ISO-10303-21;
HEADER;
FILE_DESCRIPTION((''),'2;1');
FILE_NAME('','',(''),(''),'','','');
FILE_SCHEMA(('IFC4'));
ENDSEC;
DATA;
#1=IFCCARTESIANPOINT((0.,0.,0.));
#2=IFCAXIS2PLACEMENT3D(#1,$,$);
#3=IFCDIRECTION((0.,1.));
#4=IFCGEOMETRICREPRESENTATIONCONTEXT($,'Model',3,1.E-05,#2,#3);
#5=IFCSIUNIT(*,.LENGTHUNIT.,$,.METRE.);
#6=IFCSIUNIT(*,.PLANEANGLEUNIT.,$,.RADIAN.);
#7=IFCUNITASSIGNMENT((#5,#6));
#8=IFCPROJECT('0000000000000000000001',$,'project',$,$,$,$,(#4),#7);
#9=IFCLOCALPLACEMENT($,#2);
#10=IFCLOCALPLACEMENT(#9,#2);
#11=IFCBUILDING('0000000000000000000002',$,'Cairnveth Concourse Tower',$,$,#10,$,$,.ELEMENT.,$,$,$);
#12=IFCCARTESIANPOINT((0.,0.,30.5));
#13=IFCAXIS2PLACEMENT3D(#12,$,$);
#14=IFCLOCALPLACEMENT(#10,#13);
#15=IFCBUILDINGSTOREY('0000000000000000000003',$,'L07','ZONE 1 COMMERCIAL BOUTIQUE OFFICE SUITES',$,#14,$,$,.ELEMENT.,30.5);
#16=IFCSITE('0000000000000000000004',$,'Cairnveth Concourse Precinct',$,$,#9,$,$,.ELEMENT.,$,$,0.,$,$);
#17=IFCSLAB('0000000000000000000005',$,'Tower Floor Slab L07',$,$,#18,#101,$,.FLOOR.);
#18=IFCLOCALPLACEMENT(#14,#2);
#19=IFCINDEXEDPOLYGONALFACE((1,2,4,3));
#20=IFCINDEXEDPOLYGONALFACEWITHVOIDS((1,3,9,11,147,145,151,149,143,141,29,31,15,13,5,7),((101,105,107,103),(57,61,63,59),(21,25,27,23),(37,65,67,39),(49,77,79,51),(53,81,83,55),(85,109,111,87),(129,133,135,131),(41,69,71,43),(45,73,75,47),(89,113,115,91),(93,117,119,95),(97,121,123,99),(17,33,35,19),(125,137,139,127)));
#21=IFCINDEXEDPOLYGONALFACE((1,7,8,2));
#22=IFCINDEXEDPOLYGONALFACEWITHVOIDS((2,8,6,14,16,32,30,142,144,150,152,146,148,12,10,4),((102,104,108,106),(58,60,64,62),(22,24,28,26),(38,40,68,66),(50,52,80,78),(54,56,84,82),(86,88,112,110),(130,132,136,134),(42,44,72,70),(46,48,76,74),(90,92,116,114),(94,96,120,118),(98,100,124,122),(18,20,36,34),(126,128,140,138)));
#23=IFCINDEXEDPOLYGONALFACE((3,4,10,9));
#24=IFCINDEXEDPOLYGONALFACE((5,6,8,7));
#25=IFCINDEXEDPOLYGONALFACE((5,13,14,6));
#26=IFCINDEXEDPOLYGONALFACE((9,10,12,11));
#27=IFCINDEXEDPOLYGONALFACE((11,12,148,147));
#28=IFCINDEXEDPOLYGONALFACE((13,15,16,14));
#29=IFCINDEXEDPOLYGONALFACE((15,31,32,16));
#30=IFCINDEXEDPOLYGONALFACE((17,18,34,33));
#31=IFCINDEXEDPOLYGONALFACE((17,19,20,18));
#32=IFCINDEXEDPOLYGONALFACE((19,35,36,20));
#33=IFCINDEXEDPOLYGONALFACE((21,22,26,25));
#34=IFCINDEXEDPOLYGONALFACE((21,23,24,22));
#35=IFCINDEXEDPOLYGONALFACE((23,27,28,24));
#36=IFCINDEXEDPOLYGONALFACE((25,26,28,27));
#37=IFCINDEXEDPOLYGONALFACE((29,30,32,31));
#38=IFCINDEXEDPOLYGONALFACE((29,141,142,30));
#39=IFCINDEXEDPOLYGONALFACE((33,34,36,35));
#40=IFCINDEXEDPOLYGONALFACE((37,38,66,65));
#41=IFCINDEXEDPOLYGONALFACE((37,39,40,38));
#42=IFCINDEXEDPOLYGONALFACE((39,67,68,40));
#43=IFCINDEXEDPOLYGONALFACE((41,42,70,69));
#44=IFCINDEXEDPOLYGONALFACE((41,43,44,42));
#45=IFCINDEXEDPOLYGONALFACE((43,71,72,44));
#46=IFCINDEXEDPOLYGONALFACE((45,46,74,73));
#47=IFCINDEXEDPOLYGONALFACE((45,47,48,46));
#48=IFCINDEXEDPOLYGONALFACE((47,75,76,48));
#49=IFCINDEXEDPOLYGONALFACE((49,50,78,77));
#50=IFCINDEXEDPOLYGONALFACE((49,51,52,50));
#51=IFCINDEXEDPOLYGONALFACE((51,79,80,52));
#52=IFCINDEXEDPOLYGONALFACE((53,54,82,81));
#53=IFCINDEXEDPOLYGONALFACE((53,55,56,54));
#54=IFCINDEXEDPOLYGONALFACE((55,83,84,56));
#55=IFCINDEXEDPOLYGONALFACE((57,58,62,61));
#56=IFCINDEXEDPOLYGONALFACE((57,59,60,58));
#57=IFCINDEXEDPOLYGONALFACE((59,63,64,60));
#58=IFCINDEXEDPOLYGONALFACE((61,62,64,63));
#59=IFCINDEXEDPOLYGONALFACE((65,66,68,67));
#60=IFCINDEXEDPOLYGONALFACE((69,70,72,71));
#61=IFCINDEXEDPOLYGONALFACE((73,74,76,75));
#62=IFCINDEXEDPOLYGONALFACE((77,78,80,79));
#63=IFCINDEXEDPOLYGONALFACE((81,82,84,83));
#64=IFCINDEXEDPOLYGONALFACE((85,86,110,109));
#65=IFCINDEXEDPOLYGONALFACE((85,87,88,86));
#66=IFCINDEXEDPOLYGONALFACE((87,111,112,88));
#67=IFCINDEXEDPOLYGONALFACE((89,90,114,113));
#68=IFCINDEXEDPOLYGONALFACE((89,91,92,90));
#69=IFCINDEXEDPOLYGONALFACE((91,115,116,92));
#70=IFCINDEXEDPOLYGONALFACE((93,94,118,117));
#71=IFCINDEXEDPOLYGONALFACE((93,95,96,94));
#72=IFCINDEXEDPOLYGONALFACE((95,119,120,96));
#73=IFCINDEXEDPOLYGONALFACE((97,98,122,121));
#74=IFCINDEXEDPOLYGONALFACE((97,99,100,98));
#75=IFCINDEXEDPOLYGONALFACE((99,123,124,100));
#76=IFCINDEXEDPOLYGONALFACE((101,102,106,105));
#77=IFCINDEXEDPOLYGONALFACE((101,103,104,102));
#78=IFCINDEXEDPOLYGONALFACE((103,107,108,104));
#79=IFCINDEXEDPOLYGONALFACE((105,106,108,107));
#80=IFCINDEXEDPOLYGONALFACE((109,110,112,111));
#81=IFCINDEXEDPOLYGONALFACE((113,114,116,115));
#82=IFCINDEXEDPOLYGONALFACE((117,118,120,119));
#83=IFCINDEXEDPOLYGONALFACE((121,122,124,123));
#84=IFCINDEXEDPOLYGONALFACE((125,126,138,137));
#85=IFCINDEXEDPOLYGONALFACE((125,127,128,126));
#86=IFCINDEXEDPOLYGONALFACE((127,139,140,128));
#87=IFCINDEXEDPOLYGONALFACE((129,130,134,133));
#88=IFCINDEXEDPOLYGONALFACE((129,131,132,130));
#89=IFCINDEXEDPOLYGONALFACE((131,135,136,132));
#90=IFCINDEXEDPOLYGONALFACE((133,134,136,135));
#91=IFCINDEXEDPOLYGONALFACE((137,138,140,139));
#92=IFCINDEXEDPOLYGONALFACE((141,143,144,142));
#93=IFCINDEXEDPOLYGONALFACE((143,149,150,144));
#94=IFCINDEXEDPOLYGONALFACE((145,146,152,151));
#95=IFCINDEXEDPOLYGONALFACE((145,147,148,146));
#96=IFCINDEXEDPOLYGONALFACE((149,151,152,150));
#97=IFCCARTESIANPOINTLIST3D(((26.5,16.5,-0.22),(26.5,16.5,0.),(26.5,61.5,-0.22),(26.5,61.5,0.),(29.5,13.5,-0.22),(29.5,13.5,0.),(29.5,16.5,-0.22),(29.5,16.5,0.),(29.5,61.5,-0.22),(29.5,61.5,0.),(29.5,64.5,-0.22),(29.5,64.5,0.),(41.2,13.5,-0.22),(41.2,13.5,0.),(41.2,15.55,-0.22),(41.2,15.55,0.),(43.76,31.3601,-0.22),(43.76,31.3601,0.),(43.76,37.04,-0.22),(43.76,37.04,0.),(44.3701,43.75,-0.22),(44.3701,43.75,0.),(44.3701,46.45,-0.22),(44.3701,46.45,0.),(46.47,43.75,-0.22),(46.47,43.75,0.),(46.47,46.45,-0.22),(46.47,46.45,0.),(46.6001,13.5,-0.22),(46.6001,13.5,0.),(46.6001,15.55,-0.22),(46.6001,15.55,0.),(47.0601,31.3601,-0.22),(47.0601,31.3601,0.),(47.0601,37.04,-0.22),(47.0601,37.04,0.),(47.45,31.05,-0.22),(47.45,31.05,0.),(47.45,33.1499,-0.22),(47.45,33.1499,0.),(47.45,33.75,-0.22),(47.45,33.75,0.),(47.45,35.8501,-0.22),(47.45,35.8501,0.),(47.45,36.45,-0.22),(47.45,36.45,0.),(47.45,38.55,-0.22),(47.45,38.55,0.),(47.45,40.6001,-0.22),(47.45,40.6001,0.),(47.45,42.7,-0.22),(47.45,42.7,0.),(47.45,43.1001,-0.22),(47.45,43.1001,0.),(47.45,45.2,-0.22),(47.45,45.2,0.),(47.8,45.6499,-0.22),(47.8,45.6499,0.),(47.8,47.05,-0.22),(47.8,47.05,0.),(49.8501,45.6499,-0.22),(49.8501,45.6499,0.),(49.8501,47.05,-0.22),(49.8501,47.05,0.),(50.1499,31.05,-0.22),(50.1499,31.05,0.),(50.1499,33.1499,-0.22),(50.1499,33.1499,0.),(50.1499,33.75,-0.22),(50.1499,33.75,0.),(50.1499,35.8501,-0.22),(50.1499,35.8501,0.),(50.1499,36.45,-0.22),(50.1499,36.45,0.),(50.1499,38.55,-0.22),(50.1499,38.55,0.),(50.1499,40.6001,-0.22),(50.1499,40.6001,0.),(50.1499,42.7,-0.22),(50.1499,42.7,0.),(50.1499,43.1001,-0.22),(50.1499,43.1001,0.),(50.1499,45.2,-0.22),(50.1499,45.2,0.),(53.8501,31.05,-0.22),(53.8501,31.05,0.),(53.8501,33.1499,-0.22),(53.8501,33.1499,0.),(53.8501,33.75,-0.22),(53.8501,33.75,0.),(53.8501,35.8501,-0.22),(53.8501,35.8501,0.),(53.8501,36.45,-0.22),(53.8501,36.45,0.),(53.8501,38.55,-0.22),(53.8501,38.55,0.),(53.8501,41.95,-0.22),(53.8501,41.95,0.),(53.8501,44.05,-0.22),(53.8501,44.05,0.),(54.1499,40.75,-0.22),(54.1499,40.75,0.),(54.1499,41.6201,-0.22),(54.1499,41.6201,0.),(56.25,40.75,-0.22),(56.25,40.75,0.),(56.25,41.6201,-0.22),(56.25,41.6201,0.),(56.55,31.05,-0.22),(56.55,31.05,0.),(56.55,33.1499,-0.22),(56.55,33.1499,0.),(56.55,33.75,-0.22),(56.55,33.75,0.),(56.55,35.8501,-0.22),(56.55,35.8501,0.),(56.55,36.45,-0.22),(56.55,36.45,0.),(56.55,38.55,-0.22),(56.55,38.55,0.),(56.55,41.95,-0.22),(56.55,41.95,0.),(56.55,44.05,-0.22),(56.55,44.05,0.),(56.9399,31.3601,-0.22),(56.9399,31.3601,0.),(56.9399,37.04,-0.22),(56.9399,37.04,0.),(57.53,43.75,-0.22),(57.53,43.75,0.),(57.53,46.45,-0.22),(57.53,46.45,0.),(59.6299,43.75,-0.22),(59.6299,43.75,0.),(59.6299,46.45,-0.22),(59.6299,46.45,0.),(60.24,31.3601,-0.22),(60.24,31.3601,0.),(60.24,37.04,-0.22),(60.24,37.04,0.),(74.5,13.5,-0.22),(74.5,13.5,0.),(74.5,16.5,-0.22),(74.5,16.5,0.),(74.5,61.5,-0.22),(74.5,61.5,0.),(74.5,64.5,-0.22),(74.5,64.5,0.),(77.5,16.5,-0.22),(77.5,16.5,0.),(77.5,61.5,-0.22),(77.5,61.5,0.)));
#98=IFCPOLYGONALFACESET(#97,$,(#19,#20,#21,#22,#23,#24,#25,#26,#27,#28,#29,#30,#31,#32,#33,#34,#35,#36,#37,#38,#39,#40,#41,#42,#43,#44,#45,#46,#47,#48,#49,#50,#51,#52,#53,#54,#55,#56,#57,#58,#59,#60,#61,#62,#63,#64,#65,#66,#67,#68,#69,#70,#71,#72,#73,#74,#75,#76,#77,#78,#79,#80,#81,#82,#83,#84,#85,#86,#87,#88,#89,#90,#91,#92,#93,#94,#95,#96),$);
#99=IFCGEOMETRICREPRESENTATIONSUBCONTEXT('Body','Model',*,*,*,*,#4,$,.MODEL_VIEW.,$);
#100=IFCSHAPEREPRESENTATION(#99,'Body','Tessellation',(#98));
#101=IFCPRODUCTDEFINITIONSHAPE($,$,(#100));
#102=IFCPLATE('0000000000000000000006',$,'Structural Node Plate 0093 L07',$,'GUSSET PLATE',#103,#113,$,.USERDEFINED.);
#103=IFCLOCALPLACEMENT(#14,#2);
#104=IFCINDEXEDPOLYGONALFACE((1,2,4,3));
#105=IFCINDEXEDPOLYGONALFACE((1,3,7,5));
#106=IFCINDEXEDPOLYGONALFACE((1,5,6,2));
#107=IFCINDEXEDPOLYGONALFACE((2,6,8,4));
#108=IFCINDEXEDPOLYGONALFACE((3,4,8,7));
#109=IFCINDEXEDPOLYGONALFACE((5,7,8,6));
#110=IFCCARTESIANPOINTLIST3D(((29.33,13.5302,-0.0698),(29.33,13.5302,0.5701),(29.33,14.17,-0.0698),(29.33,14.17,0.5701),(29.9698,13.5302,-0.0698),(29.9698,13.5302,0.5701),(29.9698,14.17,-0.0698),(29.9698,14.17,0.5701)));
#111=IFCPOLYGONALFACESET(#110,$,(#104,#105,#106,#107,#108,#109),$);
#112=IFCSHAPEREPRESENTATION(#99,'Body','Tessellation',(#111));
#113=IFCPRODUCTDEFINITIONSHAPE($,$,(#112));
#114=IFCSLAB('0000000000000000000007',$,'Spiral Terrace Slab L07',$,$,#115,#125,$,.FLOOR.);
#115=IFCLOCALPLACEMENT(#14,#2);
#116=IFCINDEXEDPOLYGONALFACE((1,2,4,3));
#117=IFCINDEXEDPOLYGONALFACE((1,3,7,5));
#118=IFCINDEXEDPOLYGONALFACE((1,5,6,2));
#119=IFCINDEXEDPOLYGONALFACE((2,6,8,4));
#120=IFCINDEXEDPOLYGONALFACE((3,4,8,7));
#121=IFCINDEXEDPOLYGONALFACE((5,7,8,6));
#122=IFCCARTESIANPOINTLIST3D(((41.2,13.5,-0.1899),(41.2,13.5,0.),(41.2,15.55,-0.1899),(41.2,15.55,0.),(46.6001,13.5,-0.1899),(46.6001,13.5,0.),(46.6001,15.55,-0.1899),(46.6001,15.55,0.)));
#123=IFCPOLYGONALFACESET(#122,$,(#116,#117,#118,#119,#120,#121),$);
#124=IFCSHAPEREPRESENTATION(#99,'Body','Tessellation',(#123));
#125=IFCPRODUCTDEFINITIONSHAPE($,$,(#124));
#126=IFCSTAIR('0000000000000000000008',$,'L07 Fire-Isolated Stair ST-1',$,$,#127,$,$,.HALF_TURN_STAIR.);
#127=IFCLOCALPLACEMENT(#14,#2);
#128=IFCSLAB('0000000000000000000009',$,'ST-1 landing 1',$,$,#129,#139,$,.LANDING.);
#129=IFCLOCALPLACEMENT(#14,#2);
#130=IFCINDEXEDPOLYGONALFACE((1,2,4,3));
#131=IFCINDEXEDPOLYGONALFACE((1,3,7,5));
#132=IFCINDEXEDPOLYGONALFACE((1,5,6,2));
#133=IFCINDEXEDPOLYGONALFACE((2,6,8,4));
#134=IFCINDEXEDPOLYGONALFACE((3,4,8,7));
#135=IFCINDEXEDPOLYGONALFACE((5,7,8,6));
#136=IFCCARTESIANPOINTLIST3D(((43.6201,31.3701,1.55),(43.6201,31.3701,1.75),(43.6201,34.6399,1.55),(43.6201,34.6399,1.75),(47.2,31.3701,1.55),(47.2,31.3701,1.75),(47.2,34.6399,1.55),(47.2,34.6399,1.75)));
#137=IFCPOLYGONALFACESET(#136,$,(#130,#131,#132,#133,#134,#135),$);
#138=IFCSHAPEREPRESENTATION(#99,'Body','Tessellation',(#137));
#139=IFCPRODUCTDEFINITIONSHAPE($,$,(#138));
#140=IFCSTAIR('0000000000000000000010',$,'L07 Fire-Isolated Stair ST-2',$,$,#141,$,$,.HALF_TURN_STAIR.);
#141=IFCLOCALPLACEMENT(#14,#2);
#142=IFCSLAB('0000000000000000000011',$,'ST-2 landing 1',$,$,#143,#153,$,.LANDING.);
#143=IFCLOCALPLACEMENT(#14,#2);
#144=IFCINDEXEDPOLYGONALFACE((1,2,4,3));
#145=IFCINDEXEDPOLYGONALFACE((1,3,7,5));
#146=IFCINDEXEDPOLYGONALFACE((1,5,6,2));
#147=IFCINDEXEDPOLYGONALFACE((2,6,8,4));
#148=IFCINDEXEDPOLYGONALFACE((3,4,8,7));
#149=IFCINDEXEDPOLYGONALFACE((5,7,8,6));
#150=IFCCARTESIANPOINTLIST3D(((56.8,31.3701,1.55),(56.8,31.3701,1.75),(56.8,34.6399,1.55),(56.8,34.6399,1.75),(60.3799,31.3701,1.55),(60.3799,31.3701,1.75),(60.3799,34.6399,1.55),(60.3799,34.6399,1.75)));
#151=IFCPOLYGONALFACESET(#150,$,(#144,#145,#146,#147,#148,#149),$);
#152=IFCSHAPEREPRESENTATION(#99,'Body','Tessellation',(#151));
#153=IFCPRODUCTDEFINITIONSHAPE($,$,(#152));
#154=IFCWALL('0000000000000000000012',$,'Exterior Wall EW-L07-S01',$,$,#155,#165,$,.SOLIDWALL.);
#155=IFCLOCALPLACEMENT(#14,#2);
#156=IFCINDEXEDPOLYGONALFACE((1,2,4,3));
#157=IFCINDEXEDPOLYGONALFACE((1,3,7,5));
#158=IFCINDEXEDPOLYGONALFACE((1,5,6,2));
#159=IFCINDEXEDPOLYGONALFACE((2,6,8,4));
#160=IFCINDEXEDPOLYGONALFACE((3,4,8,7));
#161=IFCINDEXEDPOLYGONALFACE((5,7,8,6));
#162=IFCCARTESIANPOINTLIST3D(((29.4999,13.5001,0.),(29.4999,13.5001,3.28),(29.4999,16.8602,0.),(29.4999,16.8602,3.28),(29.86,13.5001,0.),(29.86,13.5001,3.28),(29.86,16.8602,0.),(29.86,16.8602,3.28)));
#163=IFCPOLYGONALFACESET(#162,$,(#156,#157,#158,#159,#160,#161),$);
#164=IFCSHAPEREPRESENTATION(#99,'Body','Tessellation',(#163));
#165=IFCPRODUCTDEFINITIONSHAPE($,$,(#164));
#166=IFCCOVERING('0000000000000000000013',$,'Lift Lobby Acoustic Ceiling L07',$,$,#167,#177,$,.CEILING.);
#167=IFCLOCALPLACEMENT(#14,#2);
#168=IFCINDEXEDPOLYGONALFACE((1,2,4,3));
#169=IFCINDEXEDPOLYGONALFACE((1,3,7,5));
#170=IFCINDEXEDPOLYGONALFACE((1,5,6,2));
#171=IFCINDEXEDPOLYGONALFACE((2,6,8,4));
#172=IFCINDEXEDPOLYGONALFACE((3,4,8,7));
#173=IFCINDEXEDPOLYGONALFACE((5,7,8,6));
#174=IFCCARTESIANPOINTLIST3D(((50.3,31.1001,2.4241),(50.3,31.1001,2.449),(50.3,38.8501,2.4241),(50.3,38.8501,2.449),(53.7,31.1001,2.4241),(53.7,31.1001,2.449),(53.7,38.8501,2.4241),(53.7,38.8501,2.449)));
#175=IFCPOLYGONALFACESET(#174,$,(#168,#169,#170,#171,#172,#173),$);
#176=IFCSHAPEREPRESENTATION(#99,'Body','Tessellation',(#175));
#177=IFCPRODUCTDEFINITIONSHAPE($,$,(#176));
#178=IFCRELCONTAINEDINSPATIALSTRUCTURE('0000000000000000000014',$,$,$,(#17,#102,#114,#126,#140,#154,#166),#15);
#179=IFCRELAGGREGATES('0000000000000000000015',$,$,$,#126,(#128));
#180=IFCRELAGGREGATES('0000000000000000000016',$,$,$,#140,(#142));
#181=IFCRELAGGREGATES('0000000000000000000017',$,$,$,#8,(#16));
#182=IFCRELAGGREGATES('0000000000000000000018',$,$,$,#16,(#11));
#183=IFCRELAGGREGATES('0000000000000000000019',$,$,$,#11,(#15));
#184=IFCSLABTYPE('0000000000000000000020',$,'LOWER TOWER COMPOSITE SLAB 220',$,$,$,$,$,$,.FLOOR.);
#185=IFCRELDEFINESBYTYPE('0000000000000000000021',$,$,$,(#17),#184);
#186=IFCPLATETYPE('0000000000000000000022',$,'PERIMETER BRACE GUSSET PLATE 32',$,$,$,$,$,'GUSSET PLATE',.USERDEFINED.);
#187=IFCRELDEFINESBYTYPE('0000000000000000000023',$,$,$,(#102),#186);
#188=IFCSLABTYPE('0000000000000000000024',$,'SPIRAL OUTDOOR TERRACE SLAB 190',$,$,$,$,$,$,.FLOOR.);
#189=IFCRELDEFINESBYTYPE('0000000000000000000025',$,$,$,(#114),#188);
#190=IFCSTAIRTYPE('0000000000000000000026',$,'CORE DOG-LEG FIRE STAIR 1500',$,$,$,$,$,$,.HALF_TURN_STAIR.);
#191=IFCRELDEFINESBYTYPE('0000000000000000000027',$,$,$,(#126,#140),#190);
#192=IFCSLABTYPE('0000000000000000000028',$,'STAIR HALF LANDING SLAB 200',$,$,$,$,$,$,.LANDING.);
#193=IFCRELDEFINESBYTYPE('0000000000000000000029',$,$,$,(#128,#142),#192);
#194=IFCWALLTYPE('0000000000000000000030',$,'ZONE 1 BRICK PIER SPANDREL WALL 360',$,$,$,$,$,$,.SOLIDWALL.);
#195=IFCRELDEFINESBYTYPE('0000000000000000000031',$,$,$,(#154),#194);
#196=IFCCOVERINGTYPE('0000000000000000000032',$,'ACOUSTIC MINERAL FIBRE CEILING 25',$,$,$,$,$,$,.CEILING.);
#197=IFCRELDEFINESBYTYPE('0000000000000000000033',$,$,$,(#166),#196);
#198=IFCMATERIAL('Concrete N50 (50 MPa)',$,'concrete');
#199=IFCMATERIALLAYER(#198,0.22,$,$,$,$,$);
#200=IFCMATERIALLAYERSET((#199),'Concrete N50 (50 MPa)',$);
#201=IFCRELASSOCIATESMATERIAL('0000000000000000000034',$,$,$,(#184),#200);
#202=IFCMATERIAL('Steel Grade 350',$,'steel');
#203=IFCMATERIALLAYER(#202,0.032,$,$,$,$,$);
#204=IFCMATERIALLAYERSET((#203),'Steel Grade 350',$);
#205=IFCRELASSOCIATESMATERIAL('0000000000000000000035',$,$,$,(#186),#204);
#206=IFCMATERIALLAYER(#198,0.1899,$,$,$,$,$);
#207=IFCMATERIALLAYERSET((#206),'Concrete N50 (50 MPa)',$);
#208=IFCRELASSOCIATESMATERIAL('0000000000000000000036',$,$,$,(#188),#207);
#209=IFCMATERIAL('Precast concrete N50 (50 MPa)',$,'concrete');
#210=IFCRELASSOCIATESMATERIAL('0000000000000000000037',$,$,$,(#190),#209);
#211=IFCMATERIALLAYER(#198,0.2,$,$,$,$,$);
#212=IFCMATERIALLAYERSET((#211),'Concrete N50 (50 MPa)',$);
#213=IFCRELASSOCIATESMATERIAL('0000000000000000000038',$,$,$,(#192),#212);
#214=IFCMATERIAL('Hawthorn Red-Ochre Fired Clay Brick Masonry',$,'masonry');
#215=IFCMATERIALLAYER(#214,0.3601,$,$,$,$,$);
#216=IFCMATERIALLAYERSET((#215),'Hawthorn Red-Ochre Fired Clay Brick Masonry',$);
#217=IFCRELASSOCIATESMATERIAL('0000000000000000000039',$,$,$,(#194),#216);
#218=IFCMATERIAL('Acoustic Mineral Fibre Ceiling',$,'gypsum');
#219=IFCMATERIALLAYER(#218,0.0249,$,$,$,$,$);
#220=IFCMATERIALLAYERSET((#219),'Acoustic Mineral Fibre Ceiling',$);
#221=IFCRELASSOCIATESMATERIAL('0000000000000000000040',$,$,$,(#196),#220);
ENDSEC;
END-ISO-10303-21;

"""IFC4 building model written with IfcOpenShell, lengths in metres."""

from ifc_helpers import new_model, si_unit, direction, frame, frame_2d, origin, origin_2d, place, context, subcontext, project, spatial, polyline, rectangle, outline, extrude, material, layer, layer_set, type_object, element, aggregate, save


model = new_model("IFC4")

# Units and contexts
model_context = context("Model", 3, precision=1e-05, world=origin(), true_north=direction((0.0, 1.0)))
body_context = subcontext(model_context, "Body", "Model", "MODEL_VIEW")
ifc_project = project(units=[si_unit("LENGTHUNIT", "METRE"), si_unit("PLANEANGLEUNIT", "RADIAN")], contexts=[model_context])

# Site, building, storey
site_placement = place(None, origin())
site = spatial("IfcSite", under=ifc_project, at=site_placement, Name="Cairnveth Concourse Precinct", CompositionType="ELEMENT", RefElevation=0.0)
building_placement = place(site_placement, origin())
building = spatial("IfcBuilding", under=site, at=building_placement, Name="Cairnveth Concourse Tower", CompositionType="ELEMENT")
storey_placement = place(building_placement, frame((0.0, 0.0, 30.5)))
storey = spatial("IfcBuildingStorey", under=building, at=storey_placement, Name="L07", Description="ZONE 1 COMMERCIAL BOUTIQUE OFFICE SUITES", CompositionType="ELEMENT", Elevation=30.5)

# Shared definitions
ifc_material_1 = material(Name="Steel Grade 350", Category="steel")

# Slab
ifc_material_2 = material(Name="Concrete N50 (50 MPa)", Category="concrete")
ifc_layer_1 = layer(ifc_material_2, 0.22)
ifc_layer_set_1 = layer_set([ifc_layer_1], Name="Concrete N50 (50 MPa)")
slab_type_1 = type_object("IfcSlabType", Name="LOWER TOWER COMPOSITE SLAB 220", PredefinedType="FLOOR", material=ifc_layer_set_1)
slab_1_placement = place(storey_placement, frame((0.0, 0.0, -0.22)))
element("IfcSlab", 1, at=slab_1_placement, inside=storey, type_object=slab_type_1, Name="Tower Floor Slab L07", PredefinedType="FLOOR", context=body_context, shape_type="SweptSolid", body=[
    extrude(outline(polyline([(41.2, 13.5), (41.2, 15.55), (46.6001, 15.55), (46.6001, 13.5), (74.5, 13.5), (74.5, 16.5), (77.5, 16.5), (77.5, 61.5), (74.5, 61.5), (74.5, 64.5), (29.5, 64.5), (29.5, 61.5), (26.5, 61.5), (26.5, 16.5), (29.5, 16.5), (29.5, 13.5), (41.2, 13.5)]), holes=[polyline([(43.76, 31.3601), (47.0601, 31.3601), (47.0601, 37.04), (43.76, 37.04), (43.76, 31.3601)]), polyline([(56.9399, 31.3601), (60.24, 31.3601), (60.24, 37.04), (56.9399, 37.04), (56.9399, 31.3601)]), polyline([(44.3701, 43.75), (46.47, 43.75), (46.47, 46.45), (44.3701, 46.45), (44.3701, 43.75)]), polyline([(57.53, 43.75), (59.6299, 43.75), (59.6299, 46.45), (57.53, 46.45), (57.53, 43.75)]), polyline([(47.45, 31.05), (50.1499, 31.05), (50.1499, 33.1499), (47.45, 33.1499), (47.45, 31.05)]), polyline([(47.45, 33.75), (50.1499, 33.75), (50.1499, 35.8501), (47.45, 35.8501), (47.45, 33.75)]), polyline([(47.45, 36.45), (50.1499, 36.45), (50.1499, 38.55), (47.45, 38.55), (47.45, 36.45)]), polyline([(53.8501, 31.05), (56.55, 31.05), (56.55, 33.1499), (53.8501, 33.1499), (53.8501, 31.05)]), polyline([(53.8501, 33.75), (56.55, 33.75), (56.55, 35.8501), (53.8501, 35.8501), (53.8501, 33.75)]), polyline([(53.8501, 36.45), (56.55, 36.45), (56.55, 38.55), (53.8501, 38.55), (53.8501, 36.45)]), polyline([(47.45, 40.6001), (50.1499, 40.6001), (50.1499, 42.7), (47.45, 42.7), (47.45, 40.6001)]), polyline([(47.45, 43.1001), (50.1499, 43.1001), (50.1499, 45.2), (47.45, 45.2), (47.45, 43.1001)]), polyline([(53.8501, 41.95), (56.55, 41.95), (56.55, 44.05), (53.8501, 44.05), (53.8501, 41.95)]), polyline([(47.8, 45.6499), (49.8501, 45.6499), (49.8501, 47.05), (47.8, 47.05), (47.8, 45.6499)]), polyline([(54.1499, 40.75), (56.25, 40.75), (56.25, 41.6201), (54.1499, 41.6201), (54.1499, 40.75)])]), origin(), (0.0, 0.0, 1.0), 0.22),
])

# Plate
ifc_layer_2 = layer(ifc_material_1, 0.032)
ifc_layer_set_2 = layer_set([ifc_layer_2], Name="Steel Grade 350")
plate_type = type_object("IfcPlateType", Name="PERIMETER BRACE GUSSET PLATE 32", ElementType="GUSSET PLATE", PredefinedType="USERDEFINED", material=ifc_layer_set_2)
plate_placement = place(storey_placement, frame((29.6499, 13.8501, -0.0698), z_axis=(0.0, 0.0, 1.0), x_axis=(1.0, 0.0, 0.0)))
element("IfcPlate", 2, at=plate_placement, inside=storey, type_object=plate_type, Name="Structural Node Plate 0093 L07", ObjectType="GUSSET PLATE", PredefinedType="USERDEFINED", context=body_context, shape_type="SweptSolid", body=[
    extrude(rectangle(XDim=0.6399, YDim=0.6399, at=origin_2d()), origin(), (0.0, 0.0, 1.0), 0.6399),
])

# Slab
ifc_layer_3 = layer(ifc_material_2, 0.1899)
ifc_layer_set_3 = layer_set([ifc_layer_3], Name="Concrete N50 (50 MPa)")
slab_type_2 = type_object("IfcSlabType", Name="SPIRAL OUTDOOR TERRACE SLAB 190", PredefinedType="FLOOR", material=ifc_layer_set_3)
slab_2_placement = place(storey_placement, frame((0.0, 0.0, -0.1899)))
element("IfcSlab", 3, at=slab_2_placement, inside=storey, type_object=slab_type_2, Name="Spiral Terrace Slab L07", PredefinedType="FLOOR", context=body_context, shape_type="SweptSolid", body=[
    extrude(outline(polyline([(41.2, 13.5), (46.6001, 13.5), (46.6001, 15.55), (41.2, 15.55), (41.2, 13.5)])), origin(), (0.0, 0.0, 1.0), 0.1899),
])

# Stairs, slabs
ifc_material_3 = material(Name="Precast concrete N50 (50 MPa)", Category="concrete")
stair_type = type_object("IfcStairType", Name="CORE DOG-LEG FIRE STAIR 1500", PredefinedType="HALF_TURN_STAIR", material=ifc_material_3)
stair_1_placement = place(storey_placement, origin())
stair_1 = element("IfcStair", 4, at=stair_1_placement, inside=storey, type_object=stair_type, Name="L07 Fire-Isolated Stair ST-1", PredefinedType="HALF_TURN_STAIR")
ifc_layer_4 = layer(ifc_material_2, 0.2)
ifc_layer_set_4 = layer_set([ifc_layer_4], Name="Concrete N50 (50 MPa)")
slab_type_3 = type_object("IfcSlabType", Name="STAIR HALF LANDING SLAB 200", PredefinedType="LANDING", material=ifc_layer_set_4)
slab_3_placement = place(storey_placement, frame((0.0, 0.0, 1.55)))
slab_3 = element("IfcSlab", 5, at=slab_3_placement, type_object=slab_type_3, Name="ST-1 landing 1", PredefinedType="LANDING", context=body_context, shape_type="SweptSolid", body=[
    extrude(outline(polyline([(43.6201, 34.6399), (43.6201, 31.3701), (47.2, 31.3701), (47.2, 34.6399), (43.6201, 34.6399)])), origin(), (0.0, 0.0, 1.0), 0.2),
])
aggregate(stair_1, [slab_3])
stair_2_placement = place(storey_placement, origin())
stair_2 = element("IfcStair", 6, at=stair_2_placement, inside=storey, type_object=stair_type, Name="L07 Fire-Isolated Stair ST-2", PredefinedType="HALF_TURN_STAIR")
slab_4_placement = place(storey_placement, frame((0.0, 0.0, 1.55)))
slab_4 = element("IfcSlab", 7, at=slab_4_placement, type_object=slab_type_3, Name="ST-2 landing 1", PredefinedType="LANDING", context=body_context, shape_type="SweptSolid", body=[
    extrude(outline(polyline([(56.8, 34.6399), (56.8, 31.3701), (60.3799, 31.3701), (60.3799, 34.6399), (56.8, 34.6399)])), origin(), (0.0, 0.0, 1.0), 0.2),
])
aggregate(stair_2, [slab_4])

# Wall
ifc_material_4 = material(Name="Hawthorn Red-Ochre Fired Clay Brick Masonry", Category="masonry")
ifc_layer_5 = layer(ifc_material_4, 0.3601)
ifc_layer_set_5 = layer_set([ifc_layer_5], Name="Hawthorn Red-Ochre Fired Clay Brick Masonry")
wall_type = type_object("IfcWallType", Name="ZONE 1 BRICK PIER SPANDREL WALL 360", PredefinedType="SOLIDWALL", material=ifc_layer_set_5)
wall_1_placement = place(storey_placement, frame((29.6799, 13.5, 0.0), z_axis=(0.0, 0.0, 1.0), x_axis=(0.0, 1.0, 0.0)))
element("IfcWall", 8, at=wall_1_placement, inside=storey, type_object=wall_type, Name="Exterior Wall EW-L07-S01", PredefinedType="SOLIDWALL", context=body_context, shape_type="SweptSolid", body=[
    extrude(rectangle(XDim=3.3601, YDim=0.3601, at=frame_2d((1.6802, 0.0))), origin(), (0.0, 0.0, 1.0), 3.28),
])

# Covering
ifc_material_5 = material(Name="Acoustic Mineral Fibre Ceiling", Category="gypsum")
ifc_layer_6 = layer(ifc_material_5, 0.0249)
ifc_layer_set_6 = layer_set([ifc_layer_6], Name="Acoustic Mineral Fibre Ceiling")
covering_type_1 = type_object("IfcCoveringType", Name="ACOUSTIC MINERAL FIBRE CEILING 25", PredefinedType="CEILING", material=ifc_layer_set_6)
covering_1_placement = place(storey_placement, frame((0.0, 0.0, 2.4241)))
element("IfcCovering", 9, at=covering_1_placement, inside=storey, type_object=covering_type_1, Name="Lift Lobby Acoustic Ceiling L07", PredefinedType="CEILING", context=body_context, shape_type="SweptSolid", body=[
    extrude(outline(polyline([(50.3, 31.1001), (53.7, 31.1001), (53.7, 38.8501), (50.3, 38.8501), (50.3, 31.1001)])), origin(), (0.0, 0.0, 1.0), 0.0249),
])

save(model, "model.ifc")
